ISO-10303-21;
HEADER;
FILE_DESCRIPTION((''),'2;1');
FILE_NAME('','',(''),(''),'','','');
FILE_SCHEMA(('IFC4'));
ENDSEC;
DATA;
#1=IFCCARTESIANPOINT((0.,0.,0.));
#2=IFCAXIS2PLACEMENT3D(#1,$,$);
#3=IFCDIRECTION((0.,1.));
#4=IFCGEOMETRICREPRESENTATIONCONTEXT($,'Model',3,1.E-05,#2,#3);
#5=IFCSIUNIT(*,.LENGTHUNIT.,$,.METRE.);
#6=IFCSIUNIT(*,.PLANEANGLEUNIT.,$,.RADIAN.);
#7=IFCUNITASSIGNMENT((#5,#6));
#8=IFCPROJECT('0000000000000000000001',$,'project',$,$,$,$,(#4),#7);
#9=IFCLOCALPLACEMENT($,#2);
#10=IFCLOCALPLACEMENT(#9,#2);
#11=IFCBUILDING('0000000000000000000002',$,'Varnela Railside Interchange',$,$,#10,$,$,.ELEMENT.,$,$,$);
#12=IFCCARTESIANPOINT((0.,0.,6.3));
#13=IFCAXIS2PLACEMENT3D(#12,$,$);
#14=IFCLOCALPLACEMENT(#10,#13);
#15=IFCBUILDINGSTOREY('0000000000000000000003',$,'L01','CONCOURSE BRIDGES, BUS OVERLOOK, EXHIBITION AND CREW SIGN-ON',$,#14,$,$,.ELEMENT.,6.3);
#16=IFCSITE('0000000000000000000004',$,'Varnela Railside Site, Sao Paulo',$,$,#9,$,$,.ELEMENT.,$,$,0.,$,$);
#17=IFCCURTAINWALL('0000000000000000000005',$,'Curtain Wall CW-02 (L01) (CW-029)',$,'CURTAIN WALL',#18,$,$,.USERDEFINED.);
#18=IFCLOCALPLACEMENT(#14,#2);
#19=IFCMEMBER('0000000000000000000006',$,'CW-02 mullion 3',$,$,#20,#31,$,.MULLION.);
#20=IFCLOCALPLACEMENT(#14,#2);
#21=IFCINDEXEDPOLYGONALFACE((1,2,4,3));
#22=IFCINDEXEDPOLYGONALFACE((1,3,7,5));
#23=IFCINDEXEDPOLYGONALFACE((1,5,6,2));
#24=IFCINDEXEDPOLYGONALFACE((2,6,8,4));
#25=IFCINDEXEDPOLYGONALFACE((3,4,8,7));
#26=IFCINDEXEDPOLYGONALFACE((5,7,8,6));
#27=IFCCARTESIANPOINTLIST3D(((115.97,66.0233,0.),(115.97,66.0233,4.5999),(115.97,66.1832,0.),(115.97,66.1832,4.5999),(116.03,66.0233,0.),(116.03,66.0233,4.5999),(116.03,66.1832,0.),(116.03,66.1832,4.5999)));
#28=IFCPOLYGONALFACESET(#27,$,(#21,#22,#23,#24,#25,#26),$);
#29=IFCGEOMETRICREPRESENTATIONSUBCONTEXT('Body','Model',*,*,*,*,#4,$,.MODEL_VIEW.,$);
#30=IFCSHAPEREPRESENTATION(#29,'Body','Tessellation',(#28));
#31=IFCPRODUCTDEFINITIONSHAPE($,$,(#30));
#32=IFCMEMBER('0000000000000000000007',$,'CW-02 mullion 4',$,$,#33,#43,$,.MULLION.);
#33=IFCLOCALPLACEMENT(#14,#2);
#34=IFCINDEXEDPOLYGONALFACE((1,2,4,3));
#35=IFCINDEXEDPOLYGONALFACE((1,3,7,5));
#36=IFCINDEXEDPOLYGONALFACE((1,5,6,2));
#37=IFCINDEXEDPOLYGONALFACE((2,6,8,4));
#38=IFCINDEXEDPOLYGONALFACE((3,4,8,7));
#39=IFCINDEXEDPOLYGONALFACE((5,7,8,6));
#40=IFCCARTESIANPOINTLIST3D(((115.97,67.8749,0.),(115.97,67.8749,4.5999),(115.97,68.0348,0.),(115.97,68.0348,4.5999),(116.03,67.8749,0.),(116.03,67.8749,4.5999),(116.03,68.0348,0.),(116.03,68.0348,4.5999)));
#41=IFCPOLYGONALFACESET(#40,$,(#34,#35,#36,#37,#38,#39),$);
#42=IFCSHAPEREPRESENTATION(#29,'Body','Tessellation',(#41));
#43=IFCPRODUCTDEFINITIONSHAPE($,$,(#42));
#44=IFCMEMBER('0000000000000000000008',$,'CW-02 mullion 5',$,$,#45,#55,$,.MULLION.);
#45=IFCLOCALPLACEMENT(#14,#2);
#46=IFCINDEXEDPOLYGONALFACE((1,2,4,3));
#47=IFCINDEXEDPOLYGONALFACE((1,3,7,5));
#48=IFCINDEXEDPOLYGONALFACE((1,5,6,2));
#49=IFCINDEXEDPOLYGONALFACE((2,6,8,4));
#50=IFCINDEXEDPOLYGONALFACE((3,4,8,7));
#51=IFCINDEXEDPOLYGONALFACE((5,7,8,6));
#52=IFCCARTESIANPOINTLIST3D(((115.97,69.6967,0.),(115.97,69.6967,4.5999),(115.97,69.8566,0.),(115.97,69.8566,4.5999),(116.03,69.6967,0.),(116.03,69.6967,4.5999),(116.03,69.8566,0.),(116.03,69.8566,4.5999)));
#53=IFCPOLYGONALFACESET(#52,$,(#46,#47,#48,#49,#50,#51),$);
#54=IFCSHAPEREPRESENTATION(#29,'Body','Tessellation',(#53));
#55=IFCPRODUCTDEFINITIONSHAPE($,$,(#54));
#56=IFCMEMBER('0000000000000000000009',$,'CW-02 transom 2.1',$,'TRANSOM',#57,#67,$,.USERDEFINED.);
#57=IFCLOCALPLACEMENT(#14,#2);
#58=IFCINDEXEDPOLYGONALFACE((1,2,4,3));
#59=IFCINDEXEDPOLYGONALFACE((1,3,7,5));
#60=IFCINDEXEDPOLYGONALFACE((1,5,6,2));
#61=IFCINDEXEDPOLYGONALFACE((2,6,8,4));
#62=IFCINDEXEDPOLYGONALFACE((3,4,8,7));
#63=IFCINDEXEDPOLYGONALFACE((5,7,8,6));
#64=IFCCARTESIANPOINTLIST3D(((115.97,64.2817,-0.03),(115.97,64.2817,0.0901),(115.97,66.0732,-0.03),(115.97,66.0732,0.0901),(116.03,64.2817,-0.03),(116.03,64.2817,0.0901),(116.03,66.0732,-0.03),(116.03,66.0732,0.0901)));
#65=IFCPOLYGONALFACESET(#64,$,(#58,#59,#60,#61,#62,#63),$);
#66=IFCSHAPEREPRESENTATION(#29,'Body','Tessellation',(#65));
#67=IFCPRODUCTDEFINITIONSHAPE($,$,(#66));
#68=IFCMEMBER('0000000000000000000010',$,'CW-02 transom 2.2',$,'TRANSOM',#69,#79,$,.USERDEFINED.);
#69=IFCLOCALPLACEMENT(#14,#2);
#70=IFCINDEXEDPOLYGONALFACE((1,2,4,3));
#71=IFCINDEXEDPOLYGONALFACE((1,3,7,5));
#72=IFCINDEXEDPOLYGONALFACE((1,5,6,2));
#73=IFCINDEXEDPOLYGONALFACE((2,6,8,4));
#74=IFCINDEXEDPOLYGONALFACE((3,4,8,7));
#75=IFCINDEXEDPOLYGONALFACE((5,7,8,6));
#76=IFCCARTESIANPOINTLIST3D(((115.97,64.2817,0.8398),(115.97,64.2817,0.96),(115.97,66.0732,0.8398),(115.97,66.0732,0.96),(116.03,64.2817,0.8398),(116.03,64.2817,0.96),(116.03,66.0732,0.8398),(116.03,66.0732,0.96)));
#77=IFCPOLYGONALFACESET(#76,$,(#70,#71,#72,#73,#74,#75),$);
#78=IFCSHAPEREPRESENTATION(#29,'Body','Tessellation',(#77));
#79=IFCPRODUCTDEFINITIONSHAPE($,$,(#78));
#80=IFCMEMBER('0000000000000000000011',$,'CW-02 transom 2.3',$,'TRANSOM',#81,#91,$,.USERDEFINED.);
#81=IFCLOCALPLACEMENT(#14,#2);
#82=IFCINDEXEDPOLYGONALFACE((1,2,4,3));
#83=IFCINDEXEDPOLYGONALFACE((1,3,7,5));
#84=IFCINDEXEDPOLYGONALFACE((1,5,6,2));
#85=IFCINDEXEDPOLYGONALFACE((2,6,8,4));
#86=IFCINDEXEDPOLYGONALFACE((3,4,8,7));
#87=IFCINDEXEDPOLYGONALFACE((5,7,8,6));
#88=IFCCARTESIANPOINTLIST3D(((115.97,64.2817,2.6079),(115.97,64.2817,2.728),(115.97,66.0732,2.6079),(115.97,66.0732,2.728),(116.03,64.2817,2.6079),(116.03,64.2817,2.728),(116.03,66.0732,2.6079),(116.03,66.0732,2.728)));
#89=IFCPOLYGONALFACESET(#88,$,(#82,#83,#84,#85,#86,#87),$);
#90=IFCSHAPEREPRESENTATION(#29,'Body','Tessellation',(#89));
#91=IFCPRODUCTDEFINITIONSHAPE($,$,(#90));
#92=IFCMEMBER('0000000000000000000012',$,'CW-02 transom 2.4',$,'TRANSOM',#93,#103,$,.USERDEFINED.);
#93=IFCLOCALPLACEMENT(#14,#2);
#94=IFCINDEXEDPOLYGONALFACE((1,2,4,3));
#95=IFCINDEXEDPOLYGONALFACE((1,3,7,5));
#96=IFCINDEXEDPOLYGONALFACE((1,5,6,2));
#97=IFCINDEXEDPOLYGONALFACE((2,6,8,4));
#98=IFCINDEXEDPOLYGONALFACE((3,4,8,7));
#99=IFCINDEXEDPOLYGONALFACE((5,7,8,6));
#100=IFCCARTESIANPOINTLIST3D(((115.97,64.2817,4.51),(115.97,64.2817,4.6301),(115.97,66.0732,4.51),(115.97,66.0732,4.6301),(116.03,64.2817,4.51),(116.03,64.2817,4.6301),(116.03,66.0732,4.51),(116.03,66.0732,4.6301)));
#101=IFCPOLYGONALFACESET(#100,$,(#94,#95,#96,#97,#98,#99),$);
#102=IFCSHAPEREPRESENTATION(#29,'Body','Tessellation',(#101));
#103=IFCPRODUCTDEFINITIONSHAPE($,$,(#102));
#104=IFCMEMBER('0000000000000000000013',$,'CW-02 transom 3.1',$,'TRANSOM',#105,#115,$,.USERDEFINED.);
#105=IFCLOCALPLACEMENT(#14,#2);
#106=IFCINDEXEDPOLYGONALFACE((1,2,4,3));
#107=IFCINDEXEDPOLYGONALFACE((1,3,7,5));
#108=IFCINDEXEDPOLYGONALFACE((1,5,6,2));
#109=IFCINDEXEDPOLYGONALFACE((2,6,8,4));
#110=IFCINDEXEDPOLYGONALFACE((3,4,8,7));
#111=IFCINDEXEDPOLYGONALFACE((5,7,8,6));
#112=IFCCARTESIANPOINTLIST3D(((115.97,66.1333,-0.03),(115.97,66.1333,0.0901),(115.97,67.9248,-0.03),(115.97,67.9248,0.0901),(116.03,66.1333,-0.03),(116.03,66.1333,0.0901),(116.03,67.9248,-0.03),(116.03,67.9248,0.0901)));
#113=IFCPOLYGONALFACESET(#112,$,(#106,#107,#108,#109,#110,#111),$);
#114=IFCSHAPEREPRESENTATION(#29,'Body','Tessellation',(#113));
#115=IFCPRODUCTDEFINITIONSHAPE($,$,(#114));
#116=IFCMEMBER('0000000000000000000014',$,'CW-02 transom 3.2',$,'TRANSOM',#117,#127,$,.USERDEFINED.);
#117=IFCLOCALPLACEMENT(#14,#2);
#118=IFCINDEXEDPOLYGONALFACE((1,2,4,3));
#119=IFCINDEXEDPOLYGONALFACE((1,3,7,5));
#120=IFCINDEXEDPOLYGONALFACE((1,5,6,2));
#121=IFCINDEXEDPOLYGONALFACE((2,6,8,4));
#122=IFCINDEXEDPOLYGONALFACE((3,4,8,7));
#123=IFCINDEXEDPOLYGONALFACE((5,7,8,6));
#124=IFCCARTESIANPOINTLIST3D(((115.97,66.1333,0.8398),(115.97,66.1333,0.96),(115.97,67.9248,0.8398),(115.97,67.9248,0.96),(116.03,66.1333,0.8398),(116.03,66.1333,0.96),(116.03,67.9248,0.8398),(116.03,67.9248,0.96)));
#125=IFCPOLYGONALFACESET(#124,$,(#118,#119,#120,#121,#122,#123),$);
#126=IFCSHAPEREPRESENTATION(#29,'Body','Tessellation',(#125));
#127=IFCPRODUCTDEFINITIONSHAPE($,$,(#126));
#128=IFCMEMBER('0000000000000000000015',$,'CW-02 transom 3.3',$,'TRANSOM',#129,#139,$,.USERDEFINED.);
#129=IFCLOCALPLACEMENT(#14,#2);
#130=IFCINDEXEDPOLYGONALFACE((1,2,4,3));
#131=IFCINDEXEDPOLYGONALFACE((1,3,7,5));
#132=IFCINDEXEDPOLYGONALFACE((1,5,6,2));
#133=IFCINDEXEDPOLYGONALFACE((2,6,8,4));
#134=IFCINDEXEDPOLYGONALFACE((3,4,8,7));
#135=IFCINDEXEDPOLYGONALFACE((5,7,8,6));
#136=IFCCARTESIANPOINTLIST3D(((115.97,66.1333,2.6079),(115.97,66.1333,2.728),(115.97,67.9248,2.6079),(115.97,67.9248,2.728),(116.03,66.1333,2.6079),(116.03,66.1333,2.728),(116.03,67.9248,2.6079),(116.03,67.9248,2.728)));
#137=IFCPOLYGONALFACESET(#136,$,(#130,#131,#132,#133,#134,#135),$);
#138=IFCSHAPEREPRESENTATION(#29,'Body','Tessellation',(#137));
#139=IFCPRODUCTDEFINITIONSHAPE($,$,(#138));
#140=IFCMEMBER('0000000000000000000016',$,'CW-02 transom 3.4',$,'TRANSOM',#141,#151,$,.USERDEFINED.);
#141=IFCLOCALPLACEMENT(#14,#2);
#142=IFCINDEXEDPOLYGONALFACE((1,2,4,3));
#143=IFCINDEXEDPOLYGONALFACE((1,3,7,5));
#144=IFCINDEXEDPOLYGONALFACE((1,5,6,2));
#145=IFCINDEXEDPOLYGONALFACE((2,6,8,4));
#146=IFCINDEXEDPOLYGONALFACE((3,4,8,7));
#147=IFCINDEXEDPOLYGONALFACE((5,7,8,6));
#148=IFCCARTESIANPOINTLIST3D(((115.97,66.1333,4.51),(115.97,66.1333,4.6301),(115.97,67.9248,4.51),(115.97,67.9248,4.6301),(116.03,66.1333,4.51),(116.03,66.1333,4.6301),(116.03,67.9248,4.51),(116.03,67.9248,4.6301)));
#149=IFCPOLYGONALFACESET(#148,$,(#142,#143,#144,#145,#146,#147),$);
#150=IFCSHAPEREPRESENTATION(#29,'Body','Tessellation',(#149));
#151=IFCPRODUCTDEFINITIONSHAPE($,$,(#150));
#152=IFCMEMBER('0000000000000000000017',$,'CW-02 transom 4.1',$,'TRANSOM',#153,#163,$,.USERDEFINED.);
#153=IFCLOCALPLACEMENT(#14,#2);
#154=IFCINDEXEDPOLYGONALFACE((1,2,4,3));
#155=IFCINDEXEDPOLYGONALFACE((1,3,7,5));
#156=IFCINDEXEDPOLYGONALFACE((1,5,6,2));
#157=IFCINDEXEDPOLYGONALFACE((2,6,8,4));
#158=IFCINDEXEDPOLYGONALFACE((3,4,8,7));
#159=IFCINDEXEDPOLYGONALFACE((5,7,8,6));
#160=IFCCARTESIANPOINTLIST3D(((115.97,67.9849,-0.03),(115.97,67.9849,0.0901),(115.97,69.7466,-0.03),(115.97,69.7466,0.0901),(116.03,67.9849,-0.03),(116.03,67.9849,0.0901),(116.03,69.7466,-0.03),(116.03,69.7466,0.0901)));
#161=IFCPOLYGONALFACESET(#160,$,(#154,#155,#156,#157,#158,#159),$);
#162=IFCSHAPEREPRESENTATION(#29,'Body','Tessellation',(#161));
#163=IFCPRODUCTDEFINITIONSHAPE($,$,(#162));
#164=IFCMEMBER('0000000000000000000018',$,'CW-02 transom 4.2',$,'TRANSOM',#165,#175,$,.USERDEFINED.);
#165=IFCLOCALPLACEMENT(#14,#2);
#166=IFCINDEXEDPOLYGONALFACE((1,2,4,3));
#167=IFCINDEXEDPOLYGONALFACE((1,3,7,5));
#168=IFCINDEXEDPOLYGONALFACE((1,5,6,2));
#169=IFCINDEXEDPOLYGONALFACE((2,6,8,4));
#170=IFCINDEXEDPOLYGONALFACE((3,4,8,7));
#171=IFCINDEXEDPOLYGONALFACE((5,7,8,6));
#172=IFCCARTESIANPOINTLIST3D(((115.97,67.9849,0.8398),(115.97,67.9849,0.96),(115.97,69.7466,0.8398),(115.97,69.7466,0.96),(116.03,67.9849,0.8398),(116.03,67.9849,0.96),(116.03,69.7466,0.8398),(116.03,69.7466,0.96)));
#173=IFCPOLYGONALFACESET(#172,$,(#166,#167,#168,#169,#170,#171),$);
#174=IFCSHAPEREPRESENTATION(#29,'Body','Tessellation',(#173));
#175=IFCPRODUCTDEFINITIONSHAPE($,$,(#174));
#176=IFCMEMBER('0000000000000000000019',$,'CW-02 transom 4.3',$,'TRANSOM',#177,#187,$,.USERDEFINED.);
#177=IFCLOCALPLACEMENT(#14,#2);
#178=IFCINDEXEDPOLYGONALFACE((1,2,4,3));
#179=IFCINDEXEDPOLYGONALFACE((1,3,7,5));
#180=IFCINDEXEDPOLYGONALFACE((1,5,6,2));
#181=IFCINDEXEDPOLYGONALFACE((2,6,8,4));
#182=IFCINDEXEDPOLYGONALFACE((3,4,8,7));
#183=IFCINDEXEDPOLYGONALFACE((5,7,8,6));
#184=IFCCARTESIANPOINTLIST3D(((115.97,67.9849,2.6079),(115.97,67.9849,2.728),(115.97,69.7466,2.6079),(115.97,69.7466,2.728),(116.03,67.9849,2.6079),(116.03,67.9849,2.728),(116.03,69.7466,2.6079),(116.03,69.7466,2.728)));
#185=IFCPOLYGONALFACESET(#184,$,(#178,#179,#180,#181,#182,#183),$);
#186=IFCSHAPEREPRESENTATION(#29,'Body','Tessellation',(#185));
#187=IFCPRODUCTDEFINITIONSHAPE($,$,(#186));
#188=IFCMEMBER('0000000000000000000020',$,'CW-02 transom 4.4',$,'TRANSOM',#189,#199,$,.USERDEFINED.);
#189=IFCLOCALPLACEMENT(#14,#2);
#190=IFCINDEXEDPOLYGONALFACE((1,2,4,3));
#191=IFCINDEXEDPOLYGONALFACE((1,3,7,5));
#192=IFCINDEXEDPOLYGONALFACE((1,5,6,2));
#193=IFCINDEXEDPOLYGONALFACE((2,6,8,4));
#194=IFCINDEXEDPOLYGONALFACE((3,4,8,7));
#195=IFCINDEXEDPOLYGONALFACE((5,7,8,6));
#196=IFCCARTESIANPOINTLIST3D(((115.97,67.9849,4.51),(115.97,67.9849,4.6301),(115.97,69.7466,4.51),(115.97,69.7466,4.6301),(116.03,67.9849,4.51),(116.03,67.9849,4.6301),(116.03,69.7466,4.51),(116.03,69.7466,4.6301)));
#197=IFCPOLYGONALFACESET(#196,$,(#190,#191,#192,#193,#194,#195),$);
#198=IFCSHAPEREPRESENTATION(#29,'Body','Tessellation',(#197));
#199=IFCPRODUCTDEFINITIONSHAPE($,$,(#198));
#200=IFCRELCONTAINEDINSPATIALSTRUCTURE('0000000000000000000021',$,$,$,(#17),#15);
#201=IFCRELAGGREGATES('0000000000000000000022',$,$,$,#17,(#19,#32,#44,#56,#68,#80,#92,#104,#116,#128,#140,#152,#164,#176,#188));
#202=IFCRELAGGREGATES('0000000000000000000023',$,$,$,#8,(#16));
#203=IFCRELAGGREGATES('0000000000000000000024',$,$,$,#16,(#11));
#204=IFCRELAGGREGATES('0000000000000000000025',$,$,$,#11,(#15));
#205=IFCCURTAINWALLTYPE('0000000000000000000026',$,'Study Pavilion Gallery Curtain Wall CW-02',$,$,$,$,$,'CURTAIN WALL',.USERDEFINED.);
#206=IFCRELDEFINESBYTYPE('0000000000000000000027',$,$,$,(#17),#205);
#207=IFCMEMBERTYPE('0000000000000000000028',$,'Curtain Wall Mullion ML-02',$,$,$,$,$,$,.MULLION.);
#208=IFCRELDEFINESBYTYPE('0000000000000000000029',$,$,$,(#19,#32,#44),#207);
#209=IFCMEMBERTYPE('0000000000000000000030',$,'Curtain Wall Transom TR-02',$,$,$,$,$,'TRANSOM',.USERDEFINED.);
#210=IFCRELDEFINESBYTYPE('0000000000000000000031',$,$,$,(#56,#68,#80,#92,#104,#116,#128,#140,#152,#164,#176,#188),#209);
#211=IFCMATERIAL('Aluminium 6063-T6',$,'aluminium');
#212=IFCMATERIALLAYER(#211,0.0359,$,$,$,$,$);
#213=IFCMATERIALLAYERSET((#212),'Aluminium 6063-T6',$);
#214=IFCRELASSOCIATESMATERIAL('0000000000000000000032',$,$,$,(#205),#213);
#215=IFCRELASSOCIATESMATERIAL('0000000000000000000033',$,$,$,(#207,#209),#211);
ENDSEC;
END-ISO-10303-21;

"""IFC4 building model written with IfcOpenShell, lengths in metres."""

from ifc_helpers import new_model, si_unit, direction, frame, origin, origin_2d, place, context, subcontext, project, spatial, rectangle, extrude, material, layer, layer_set, material_profile, profile_set, type_object, element, aggregate, save


model = new_model("IFC4")

# Units and contexts
model_context = context("Model", 3, precision=1e-05, world=origin(), true_north=direction((0.0, 1.0)))
body_context = subcontext(model_context, "Body", "Model", "MODEL_VIEW")
ifc_project = project(units=[si_unit("LENGTHUNIT", "METRE"), si_unit("PLANEANGLEUNIT", "RADIAN")], contexts=[model_context])

# Site, building, storey
site_placement = place(None, origin())
site = spatial("IfcSite", under=ifc_project, at=site_placement, Name="Varnela Railside Site, Sao Paulo", CompositionType="ELEMENT", RefElevation=0.0)
building_placement = place(site_placement, origin())
building = spatial("IfcBuilding", under=site, at=building_placement, Name="Varnela Railside Interchange", CompositionType="ELEMENT")
storey_placement = place(building_placement, frame((0.0, 0.0, 6.3)))
storey = spatial("IfcBuildingStorey", under=building, at=storey_placement, Name="L01", Description="CONCOURSE BRIDGES, BUS OVERLOOK, EXHIBITION AND CREW SIGN-ON", CompositionType="ELEMENT", Elevation=6.3)

# Curtain wall, members
ifc_material_1 = material(Name="Aluminium 6063-T6", Category="aluminium")
ifc_layer_1 = layer(ifc_material_1, 0.0359)
ifc_layer_set_1 = layer_set([ifc_layer_1], Name="Aluminium 6063-T6")
curtain_wall_type = type_object("IfcCurtainWallType", Name="Study Pavilion Gallery Curtain Wall CW-02", ElementType="CURTAIN WALL", PredefinedType="USERDEFINED", material=ifc_layer_set_1)
curtain_wall_placement = place(storey_placement, origin())
curtain_wall = element("IfcCurtainWall", 1, at=curtain_wall_placement, inside=storey, type_object=curtain_wall_type, Name="Curtain Wall CW-02 (L01) (CW-029)", ObjectType="CURTAIN WALL", PredefinedType="USERDEFINED")
ifc_material_profile_1 = material_profile(ifc_material_1, rectangle(XDim=0.0601, YDim=0.1599, at=origin_2d()), Name="ALU 60x160")
ifc_profile_set_1 = profile_set([ifc_material_profile_1], Name="Aluminium 6063-T6")
member_type_1 = type_object("IfcMemberType", Name="Curtain Wall Mullion ML-02", PredefinedType="MULLION", material=ifc_profile_set_1)
member_1_placement = place(storey_placement, frame((116.0, 66.1033, 0.0), z_axis=(0.0, 0.0, 1.0), x_axis=(-1.0, 0.0, 0.0)))
member_1 = element("IfcMember", 2, at=member_1_placement, type_object=member_type_1, Name="CW-02 mullion 3", PredefinedType="MULLION", context=body_context, shape_type="SweptSolid", body=[
    extrude(rectangle(XDim=0.0601, YDim=0.1599, at=origin_2d()), origin(), (0.0, 0.0, 1.0), 4.5999),
])
member_2_placement = place(storey_placement, frame((116.0, 67.9548, 0.0), z_axis=(0.0, 0.0, 1.0), x_axis=(-1.0, 0.0, 0.0)))
member_2 = element("IfcMember", 3, at=member_2_placement, type_object=member_type_1, Name="CW-02 mullion 4", PredefinedType="MULLION", context=body_context, shape_type="SweptSolid", body=[
    extrude(rectangle(XDim=0.0601, YDim=0.1599, at=origin_2d()), origin(), (0.0, 0.0, 1.0), 4.5999),
])
member_3_placement = place(storey_placement, frame((116.0, 69.7766, 0.0), z_axis=(0.0, 0.0, 1.0), x_axis=(-1.0, 0.0, 0.0)))
member_3 = element("IfcMember", 4, at=member_3_placement, type_object=member_type_1, Name="CW-02 mullion 5", PredefinedType="MULLION", context=body_context, shape_type="SweptSolid", body=[
    extrude(rectangle(XDim=0.0601, YDim=0.1599, at=origin_2d()), origin(), (0.0, 0.0, 1.0), 4.5999),
])
ifc_material_profile_2 = material_profile(ifc_material_1, rectangle(XDim=0.0601, YDim=0.1201, at=origin_2d()), Name="ALU 60x120")
ifc_profile_set_2 = profile_set([ifc_material_profile_2], Name="Aluminium 6063-T6")
member_type_2 = type_object("IfcMemberType", Name="Curtain Wall Transom TR-02", ElementType="TRANSOM", PredefinedType="USERDEFINED", material=ifc_profile_set_2)
member_4_placement = place(storey_placement, frame((116.0, 64.2817, 0.03), z_axis=(0.0, 1.0, 0.0), x_axis=(-1.0, 0.0, 0.0)))
member_4 = element("IfcMember", 5, at=member_4_placement, type_object=member_type_2, Name="CW-02 transom 2.1", ObjectType="TRANSOM", PredefinedType="USERDEFINED", context=body_context, shape_type="SweptSolid", body=[
    extrude(rectangle(XDim=0.0601, YDim=0.1201, at=origin_2d()), origin(), (0.0, 0.0, 1.0), 1.7915),
])
member_5_placement = place(storey_placement, frame((116.0, 64.2817, 0.8999), z_axis=(0.0, 1.0, 0.0), x_axis=(-1.0, 0.0, 0.0)))
member_5 = element("IfcMember", 6, at=member_5_placement, type_object=member_type_2, Name="CW-02 transom 2.2", ObjectType="TRANSOM", PredefinedType="USERDEFINED", context=body_context, shape_type="SweptSolid", body=[
    extrude(rectangle(XDim=0.0601, YDim=0.1201, at=origin_2d()), origin(), (0.0, 0.0, 1.0), 1.7915),
])
member_6_placement = place(storey_placement, frame((116.0, 64.2817, 2.668), z_axis=(0.0, 1.0, 0.0), x_axis=(-1.0, 0.0, 0.0)))
member_6 = element("IfcMember", 7, at=member_6_placement, type_object=member_type_2, Name="CW-02 transom 2.3", ObjectType="TRANSOM", PredefinedType="USERDEFINED", context=body_context, shape_type="SweptSolid", body=[
    extrude(rectangle(XDim=0.0601, YDim=0.1201, at=origin_2d()), origin(), (0.0, 0.0, 1.0), 1.7915),
])
member_7_placement = place(storey_placement, frame((116.0, 64.2817, 4.5701), z_axis=(0.0, 1.0, 0.0), x_axis=(-1.0, 0.0, 0.0)))
member_7 = element("IfcMember", 8, at=member_7_placement, type_object=member_type_2, Name="CW-02 transom 2.4", ObjectType="TRANSOM", PredefinedType="USERDEFINED", context=body_context, shape_type="SweptSolid", body=[
    extrude(rectangle(XDim=0.0601, YDim=0.1201, at=origin_2d()), origin(), (0.0, 0.0, 1.0), 1.7915),
])
member_8_placement = place(storey_placement, frame((116.0, 66.1333, 0.03), z_axis=(0.0, 1.0, 0.0), x_axis=(-1.0, 0.0, 0.0)))
member_8 = element("IfcMember", 9, at=member_8_placement, type_object=member_type_2, Name="CW-02 transom 3.1", ObjectType="TRANSOM", PredefinedType="USERDEFINED", context=body_context, shape_type="SweptSolid", body=[
    extrude(rectangle(XDim=0.0601, YDim=0.1201, at=origin_2d()), origin(), (0.0, 0.0, 1.0), 1.7915),
])
member_9_placement = place(storey_placement, frame((116.0, 66.1333, 0.8999), z_axis=(0.0, 1.0, 0.0), x_axis=(-1.0, 0.0, 0.0)))
member_9 = element("IfcMember", 10, at=member_9_placement, type_object=member_type_2, Name="CW-02 transom 3.2", ObjectType="TRANSOM", PredefinedType="USERDEFINED", context=body_context, shape_type="SweptSolid", body=[
    extrude(rectangle(XDim=0.0601, YDim=0.1201, at=origin_2d()), origin(), (0.0, 0.0, 1.0), 1.7915),
])
member_10_placement = place(storey_placement, frame((116.0, 66.1333, 2.668), z_axis=(0.0, 1.0, 0.0), x_axis=(-1.0, 0.0, 0.0)))
member_10 = element("IfcMember", 11, at=member_10_placement, type_object=member_type_2, Name="CW-02 transom 3.3", ObjectType="TRANSOM", PredefinedType="USERDEFINED", context=body_context, shape_type="SweptSolid", body=[
    extrude(rectangle(XDim=0.0601, YDim=0.1201, at=origin_2d()), origin(), (0.0, 0.0, 1.0), 1.7915),
])
member_11_placement = place(storey_placement, frame((116.0, 66.1333, 4.5701), z_axis=(0.0, 1.0, 0.0), x_axis=(-1.0, 0.0, 0.0)))
member_11 = element("IfcMember", 12, at=member_11_placement, type_object=member_type_2, Name="CW-02 transom 3.4", ObjectType="TRANSOM", PredefinedType="USERDEFINED", context=body_context, shape_type="SweptSolid", body=[
    extrude(rectangle(XDim=0.0601, YDim=0.1201, at=origin_2d()), origin(), (0.0, 0.0, 1.0), 1.7915),
])
member_12_placement = place(storey_placement, frame((116.0, 67.9849, 0.03), z_axis=(0.0, 1.0, 0.0), x_axis=(-1.0, 0.0, 0.0)))
member_12 = element("IfcMember", 13, at=member_12_placement, type_object=member_type_2, Name="CW-02 transom 4.1", ObjectType="TRANSOM", PredefinedType="USERDEFINED", context=body_context, shape_type="SweptSolid", body=[
    extrude(rectangle(XDim=0.0601, YDim=0.1201, at=origin_2d()), origin(), (0.0, 0.0, 1.0), 1.7617),
])
member_13_placement = place(storey_placement, frame((116.0, 67.9849, 0.8999), z_axis=(0.0, 1.0, 0.0), x_axis=(-1.0, 0.0, 0.0)))
member_13 = element("IfcMember", 14, at=member_13_placement, type_object=member_type_2, Name="CW-02 transom 4.2", ObjectType="TRANSOM", PredefinedType="USERDEFINED", context=body_context, shape_type="SweptSolid", body=[
    extrude(rectangle(XDim=0.0601, YDim=0.1201, at=origin_2d()), origin(), (0.0, 0.0, 1.0), 1.7617),
])
member_14_placement = place(storey_placement, frame((116.0, 67.9849, 2.668), z_axis=(0.0, 1.0, 0.0), x_axis=(-1.0, 0.0, 0.0)))
member_14 = element("IfcMember", 15, at=member_14_placement, type_object=member_type_2, Name="CW-02 transom 4.3", ObjectType="TRANSOM", PredefinedType="USERDEFINED", context=body_context, shape_type="SweptSolid", body=[
    extrude(rectangle(XDim=0.0601, YDim=0.1201, at=origin_2d()), origin(), (0.0, 0.0, 1.0), 1.7617),
])
member_15_placement = place(storey_placement, frame((116.0, 67.9849, 4.5701), z_axis=(0.0, 1.0, 0.0), x_axis=(-1.0, 0.0, 0.0)))
member_15 = element("IfcMember", 16, at=member_15_placement, type_object=member_type_2, Name="CW-02 transom 4.4", ObjectType="TRANSOM", PredefinedType="USERDEFINED", context=body_context, shape_type="SweptSolid", body=[
    extrude(rectangle(XDim=0.0601, YDim=0.1201, at=origin_2d()), origin(), (0.0, 0.0, 1.0), 1.7617),
])
aggregate(curtain_wall, [member_1, member_2, member_3, member_4, member_5, member_6, member_7, member_8, member_9, member_10, member_11, member_12, member_13, member_14, member_15])

save(model, "model.ifc")
